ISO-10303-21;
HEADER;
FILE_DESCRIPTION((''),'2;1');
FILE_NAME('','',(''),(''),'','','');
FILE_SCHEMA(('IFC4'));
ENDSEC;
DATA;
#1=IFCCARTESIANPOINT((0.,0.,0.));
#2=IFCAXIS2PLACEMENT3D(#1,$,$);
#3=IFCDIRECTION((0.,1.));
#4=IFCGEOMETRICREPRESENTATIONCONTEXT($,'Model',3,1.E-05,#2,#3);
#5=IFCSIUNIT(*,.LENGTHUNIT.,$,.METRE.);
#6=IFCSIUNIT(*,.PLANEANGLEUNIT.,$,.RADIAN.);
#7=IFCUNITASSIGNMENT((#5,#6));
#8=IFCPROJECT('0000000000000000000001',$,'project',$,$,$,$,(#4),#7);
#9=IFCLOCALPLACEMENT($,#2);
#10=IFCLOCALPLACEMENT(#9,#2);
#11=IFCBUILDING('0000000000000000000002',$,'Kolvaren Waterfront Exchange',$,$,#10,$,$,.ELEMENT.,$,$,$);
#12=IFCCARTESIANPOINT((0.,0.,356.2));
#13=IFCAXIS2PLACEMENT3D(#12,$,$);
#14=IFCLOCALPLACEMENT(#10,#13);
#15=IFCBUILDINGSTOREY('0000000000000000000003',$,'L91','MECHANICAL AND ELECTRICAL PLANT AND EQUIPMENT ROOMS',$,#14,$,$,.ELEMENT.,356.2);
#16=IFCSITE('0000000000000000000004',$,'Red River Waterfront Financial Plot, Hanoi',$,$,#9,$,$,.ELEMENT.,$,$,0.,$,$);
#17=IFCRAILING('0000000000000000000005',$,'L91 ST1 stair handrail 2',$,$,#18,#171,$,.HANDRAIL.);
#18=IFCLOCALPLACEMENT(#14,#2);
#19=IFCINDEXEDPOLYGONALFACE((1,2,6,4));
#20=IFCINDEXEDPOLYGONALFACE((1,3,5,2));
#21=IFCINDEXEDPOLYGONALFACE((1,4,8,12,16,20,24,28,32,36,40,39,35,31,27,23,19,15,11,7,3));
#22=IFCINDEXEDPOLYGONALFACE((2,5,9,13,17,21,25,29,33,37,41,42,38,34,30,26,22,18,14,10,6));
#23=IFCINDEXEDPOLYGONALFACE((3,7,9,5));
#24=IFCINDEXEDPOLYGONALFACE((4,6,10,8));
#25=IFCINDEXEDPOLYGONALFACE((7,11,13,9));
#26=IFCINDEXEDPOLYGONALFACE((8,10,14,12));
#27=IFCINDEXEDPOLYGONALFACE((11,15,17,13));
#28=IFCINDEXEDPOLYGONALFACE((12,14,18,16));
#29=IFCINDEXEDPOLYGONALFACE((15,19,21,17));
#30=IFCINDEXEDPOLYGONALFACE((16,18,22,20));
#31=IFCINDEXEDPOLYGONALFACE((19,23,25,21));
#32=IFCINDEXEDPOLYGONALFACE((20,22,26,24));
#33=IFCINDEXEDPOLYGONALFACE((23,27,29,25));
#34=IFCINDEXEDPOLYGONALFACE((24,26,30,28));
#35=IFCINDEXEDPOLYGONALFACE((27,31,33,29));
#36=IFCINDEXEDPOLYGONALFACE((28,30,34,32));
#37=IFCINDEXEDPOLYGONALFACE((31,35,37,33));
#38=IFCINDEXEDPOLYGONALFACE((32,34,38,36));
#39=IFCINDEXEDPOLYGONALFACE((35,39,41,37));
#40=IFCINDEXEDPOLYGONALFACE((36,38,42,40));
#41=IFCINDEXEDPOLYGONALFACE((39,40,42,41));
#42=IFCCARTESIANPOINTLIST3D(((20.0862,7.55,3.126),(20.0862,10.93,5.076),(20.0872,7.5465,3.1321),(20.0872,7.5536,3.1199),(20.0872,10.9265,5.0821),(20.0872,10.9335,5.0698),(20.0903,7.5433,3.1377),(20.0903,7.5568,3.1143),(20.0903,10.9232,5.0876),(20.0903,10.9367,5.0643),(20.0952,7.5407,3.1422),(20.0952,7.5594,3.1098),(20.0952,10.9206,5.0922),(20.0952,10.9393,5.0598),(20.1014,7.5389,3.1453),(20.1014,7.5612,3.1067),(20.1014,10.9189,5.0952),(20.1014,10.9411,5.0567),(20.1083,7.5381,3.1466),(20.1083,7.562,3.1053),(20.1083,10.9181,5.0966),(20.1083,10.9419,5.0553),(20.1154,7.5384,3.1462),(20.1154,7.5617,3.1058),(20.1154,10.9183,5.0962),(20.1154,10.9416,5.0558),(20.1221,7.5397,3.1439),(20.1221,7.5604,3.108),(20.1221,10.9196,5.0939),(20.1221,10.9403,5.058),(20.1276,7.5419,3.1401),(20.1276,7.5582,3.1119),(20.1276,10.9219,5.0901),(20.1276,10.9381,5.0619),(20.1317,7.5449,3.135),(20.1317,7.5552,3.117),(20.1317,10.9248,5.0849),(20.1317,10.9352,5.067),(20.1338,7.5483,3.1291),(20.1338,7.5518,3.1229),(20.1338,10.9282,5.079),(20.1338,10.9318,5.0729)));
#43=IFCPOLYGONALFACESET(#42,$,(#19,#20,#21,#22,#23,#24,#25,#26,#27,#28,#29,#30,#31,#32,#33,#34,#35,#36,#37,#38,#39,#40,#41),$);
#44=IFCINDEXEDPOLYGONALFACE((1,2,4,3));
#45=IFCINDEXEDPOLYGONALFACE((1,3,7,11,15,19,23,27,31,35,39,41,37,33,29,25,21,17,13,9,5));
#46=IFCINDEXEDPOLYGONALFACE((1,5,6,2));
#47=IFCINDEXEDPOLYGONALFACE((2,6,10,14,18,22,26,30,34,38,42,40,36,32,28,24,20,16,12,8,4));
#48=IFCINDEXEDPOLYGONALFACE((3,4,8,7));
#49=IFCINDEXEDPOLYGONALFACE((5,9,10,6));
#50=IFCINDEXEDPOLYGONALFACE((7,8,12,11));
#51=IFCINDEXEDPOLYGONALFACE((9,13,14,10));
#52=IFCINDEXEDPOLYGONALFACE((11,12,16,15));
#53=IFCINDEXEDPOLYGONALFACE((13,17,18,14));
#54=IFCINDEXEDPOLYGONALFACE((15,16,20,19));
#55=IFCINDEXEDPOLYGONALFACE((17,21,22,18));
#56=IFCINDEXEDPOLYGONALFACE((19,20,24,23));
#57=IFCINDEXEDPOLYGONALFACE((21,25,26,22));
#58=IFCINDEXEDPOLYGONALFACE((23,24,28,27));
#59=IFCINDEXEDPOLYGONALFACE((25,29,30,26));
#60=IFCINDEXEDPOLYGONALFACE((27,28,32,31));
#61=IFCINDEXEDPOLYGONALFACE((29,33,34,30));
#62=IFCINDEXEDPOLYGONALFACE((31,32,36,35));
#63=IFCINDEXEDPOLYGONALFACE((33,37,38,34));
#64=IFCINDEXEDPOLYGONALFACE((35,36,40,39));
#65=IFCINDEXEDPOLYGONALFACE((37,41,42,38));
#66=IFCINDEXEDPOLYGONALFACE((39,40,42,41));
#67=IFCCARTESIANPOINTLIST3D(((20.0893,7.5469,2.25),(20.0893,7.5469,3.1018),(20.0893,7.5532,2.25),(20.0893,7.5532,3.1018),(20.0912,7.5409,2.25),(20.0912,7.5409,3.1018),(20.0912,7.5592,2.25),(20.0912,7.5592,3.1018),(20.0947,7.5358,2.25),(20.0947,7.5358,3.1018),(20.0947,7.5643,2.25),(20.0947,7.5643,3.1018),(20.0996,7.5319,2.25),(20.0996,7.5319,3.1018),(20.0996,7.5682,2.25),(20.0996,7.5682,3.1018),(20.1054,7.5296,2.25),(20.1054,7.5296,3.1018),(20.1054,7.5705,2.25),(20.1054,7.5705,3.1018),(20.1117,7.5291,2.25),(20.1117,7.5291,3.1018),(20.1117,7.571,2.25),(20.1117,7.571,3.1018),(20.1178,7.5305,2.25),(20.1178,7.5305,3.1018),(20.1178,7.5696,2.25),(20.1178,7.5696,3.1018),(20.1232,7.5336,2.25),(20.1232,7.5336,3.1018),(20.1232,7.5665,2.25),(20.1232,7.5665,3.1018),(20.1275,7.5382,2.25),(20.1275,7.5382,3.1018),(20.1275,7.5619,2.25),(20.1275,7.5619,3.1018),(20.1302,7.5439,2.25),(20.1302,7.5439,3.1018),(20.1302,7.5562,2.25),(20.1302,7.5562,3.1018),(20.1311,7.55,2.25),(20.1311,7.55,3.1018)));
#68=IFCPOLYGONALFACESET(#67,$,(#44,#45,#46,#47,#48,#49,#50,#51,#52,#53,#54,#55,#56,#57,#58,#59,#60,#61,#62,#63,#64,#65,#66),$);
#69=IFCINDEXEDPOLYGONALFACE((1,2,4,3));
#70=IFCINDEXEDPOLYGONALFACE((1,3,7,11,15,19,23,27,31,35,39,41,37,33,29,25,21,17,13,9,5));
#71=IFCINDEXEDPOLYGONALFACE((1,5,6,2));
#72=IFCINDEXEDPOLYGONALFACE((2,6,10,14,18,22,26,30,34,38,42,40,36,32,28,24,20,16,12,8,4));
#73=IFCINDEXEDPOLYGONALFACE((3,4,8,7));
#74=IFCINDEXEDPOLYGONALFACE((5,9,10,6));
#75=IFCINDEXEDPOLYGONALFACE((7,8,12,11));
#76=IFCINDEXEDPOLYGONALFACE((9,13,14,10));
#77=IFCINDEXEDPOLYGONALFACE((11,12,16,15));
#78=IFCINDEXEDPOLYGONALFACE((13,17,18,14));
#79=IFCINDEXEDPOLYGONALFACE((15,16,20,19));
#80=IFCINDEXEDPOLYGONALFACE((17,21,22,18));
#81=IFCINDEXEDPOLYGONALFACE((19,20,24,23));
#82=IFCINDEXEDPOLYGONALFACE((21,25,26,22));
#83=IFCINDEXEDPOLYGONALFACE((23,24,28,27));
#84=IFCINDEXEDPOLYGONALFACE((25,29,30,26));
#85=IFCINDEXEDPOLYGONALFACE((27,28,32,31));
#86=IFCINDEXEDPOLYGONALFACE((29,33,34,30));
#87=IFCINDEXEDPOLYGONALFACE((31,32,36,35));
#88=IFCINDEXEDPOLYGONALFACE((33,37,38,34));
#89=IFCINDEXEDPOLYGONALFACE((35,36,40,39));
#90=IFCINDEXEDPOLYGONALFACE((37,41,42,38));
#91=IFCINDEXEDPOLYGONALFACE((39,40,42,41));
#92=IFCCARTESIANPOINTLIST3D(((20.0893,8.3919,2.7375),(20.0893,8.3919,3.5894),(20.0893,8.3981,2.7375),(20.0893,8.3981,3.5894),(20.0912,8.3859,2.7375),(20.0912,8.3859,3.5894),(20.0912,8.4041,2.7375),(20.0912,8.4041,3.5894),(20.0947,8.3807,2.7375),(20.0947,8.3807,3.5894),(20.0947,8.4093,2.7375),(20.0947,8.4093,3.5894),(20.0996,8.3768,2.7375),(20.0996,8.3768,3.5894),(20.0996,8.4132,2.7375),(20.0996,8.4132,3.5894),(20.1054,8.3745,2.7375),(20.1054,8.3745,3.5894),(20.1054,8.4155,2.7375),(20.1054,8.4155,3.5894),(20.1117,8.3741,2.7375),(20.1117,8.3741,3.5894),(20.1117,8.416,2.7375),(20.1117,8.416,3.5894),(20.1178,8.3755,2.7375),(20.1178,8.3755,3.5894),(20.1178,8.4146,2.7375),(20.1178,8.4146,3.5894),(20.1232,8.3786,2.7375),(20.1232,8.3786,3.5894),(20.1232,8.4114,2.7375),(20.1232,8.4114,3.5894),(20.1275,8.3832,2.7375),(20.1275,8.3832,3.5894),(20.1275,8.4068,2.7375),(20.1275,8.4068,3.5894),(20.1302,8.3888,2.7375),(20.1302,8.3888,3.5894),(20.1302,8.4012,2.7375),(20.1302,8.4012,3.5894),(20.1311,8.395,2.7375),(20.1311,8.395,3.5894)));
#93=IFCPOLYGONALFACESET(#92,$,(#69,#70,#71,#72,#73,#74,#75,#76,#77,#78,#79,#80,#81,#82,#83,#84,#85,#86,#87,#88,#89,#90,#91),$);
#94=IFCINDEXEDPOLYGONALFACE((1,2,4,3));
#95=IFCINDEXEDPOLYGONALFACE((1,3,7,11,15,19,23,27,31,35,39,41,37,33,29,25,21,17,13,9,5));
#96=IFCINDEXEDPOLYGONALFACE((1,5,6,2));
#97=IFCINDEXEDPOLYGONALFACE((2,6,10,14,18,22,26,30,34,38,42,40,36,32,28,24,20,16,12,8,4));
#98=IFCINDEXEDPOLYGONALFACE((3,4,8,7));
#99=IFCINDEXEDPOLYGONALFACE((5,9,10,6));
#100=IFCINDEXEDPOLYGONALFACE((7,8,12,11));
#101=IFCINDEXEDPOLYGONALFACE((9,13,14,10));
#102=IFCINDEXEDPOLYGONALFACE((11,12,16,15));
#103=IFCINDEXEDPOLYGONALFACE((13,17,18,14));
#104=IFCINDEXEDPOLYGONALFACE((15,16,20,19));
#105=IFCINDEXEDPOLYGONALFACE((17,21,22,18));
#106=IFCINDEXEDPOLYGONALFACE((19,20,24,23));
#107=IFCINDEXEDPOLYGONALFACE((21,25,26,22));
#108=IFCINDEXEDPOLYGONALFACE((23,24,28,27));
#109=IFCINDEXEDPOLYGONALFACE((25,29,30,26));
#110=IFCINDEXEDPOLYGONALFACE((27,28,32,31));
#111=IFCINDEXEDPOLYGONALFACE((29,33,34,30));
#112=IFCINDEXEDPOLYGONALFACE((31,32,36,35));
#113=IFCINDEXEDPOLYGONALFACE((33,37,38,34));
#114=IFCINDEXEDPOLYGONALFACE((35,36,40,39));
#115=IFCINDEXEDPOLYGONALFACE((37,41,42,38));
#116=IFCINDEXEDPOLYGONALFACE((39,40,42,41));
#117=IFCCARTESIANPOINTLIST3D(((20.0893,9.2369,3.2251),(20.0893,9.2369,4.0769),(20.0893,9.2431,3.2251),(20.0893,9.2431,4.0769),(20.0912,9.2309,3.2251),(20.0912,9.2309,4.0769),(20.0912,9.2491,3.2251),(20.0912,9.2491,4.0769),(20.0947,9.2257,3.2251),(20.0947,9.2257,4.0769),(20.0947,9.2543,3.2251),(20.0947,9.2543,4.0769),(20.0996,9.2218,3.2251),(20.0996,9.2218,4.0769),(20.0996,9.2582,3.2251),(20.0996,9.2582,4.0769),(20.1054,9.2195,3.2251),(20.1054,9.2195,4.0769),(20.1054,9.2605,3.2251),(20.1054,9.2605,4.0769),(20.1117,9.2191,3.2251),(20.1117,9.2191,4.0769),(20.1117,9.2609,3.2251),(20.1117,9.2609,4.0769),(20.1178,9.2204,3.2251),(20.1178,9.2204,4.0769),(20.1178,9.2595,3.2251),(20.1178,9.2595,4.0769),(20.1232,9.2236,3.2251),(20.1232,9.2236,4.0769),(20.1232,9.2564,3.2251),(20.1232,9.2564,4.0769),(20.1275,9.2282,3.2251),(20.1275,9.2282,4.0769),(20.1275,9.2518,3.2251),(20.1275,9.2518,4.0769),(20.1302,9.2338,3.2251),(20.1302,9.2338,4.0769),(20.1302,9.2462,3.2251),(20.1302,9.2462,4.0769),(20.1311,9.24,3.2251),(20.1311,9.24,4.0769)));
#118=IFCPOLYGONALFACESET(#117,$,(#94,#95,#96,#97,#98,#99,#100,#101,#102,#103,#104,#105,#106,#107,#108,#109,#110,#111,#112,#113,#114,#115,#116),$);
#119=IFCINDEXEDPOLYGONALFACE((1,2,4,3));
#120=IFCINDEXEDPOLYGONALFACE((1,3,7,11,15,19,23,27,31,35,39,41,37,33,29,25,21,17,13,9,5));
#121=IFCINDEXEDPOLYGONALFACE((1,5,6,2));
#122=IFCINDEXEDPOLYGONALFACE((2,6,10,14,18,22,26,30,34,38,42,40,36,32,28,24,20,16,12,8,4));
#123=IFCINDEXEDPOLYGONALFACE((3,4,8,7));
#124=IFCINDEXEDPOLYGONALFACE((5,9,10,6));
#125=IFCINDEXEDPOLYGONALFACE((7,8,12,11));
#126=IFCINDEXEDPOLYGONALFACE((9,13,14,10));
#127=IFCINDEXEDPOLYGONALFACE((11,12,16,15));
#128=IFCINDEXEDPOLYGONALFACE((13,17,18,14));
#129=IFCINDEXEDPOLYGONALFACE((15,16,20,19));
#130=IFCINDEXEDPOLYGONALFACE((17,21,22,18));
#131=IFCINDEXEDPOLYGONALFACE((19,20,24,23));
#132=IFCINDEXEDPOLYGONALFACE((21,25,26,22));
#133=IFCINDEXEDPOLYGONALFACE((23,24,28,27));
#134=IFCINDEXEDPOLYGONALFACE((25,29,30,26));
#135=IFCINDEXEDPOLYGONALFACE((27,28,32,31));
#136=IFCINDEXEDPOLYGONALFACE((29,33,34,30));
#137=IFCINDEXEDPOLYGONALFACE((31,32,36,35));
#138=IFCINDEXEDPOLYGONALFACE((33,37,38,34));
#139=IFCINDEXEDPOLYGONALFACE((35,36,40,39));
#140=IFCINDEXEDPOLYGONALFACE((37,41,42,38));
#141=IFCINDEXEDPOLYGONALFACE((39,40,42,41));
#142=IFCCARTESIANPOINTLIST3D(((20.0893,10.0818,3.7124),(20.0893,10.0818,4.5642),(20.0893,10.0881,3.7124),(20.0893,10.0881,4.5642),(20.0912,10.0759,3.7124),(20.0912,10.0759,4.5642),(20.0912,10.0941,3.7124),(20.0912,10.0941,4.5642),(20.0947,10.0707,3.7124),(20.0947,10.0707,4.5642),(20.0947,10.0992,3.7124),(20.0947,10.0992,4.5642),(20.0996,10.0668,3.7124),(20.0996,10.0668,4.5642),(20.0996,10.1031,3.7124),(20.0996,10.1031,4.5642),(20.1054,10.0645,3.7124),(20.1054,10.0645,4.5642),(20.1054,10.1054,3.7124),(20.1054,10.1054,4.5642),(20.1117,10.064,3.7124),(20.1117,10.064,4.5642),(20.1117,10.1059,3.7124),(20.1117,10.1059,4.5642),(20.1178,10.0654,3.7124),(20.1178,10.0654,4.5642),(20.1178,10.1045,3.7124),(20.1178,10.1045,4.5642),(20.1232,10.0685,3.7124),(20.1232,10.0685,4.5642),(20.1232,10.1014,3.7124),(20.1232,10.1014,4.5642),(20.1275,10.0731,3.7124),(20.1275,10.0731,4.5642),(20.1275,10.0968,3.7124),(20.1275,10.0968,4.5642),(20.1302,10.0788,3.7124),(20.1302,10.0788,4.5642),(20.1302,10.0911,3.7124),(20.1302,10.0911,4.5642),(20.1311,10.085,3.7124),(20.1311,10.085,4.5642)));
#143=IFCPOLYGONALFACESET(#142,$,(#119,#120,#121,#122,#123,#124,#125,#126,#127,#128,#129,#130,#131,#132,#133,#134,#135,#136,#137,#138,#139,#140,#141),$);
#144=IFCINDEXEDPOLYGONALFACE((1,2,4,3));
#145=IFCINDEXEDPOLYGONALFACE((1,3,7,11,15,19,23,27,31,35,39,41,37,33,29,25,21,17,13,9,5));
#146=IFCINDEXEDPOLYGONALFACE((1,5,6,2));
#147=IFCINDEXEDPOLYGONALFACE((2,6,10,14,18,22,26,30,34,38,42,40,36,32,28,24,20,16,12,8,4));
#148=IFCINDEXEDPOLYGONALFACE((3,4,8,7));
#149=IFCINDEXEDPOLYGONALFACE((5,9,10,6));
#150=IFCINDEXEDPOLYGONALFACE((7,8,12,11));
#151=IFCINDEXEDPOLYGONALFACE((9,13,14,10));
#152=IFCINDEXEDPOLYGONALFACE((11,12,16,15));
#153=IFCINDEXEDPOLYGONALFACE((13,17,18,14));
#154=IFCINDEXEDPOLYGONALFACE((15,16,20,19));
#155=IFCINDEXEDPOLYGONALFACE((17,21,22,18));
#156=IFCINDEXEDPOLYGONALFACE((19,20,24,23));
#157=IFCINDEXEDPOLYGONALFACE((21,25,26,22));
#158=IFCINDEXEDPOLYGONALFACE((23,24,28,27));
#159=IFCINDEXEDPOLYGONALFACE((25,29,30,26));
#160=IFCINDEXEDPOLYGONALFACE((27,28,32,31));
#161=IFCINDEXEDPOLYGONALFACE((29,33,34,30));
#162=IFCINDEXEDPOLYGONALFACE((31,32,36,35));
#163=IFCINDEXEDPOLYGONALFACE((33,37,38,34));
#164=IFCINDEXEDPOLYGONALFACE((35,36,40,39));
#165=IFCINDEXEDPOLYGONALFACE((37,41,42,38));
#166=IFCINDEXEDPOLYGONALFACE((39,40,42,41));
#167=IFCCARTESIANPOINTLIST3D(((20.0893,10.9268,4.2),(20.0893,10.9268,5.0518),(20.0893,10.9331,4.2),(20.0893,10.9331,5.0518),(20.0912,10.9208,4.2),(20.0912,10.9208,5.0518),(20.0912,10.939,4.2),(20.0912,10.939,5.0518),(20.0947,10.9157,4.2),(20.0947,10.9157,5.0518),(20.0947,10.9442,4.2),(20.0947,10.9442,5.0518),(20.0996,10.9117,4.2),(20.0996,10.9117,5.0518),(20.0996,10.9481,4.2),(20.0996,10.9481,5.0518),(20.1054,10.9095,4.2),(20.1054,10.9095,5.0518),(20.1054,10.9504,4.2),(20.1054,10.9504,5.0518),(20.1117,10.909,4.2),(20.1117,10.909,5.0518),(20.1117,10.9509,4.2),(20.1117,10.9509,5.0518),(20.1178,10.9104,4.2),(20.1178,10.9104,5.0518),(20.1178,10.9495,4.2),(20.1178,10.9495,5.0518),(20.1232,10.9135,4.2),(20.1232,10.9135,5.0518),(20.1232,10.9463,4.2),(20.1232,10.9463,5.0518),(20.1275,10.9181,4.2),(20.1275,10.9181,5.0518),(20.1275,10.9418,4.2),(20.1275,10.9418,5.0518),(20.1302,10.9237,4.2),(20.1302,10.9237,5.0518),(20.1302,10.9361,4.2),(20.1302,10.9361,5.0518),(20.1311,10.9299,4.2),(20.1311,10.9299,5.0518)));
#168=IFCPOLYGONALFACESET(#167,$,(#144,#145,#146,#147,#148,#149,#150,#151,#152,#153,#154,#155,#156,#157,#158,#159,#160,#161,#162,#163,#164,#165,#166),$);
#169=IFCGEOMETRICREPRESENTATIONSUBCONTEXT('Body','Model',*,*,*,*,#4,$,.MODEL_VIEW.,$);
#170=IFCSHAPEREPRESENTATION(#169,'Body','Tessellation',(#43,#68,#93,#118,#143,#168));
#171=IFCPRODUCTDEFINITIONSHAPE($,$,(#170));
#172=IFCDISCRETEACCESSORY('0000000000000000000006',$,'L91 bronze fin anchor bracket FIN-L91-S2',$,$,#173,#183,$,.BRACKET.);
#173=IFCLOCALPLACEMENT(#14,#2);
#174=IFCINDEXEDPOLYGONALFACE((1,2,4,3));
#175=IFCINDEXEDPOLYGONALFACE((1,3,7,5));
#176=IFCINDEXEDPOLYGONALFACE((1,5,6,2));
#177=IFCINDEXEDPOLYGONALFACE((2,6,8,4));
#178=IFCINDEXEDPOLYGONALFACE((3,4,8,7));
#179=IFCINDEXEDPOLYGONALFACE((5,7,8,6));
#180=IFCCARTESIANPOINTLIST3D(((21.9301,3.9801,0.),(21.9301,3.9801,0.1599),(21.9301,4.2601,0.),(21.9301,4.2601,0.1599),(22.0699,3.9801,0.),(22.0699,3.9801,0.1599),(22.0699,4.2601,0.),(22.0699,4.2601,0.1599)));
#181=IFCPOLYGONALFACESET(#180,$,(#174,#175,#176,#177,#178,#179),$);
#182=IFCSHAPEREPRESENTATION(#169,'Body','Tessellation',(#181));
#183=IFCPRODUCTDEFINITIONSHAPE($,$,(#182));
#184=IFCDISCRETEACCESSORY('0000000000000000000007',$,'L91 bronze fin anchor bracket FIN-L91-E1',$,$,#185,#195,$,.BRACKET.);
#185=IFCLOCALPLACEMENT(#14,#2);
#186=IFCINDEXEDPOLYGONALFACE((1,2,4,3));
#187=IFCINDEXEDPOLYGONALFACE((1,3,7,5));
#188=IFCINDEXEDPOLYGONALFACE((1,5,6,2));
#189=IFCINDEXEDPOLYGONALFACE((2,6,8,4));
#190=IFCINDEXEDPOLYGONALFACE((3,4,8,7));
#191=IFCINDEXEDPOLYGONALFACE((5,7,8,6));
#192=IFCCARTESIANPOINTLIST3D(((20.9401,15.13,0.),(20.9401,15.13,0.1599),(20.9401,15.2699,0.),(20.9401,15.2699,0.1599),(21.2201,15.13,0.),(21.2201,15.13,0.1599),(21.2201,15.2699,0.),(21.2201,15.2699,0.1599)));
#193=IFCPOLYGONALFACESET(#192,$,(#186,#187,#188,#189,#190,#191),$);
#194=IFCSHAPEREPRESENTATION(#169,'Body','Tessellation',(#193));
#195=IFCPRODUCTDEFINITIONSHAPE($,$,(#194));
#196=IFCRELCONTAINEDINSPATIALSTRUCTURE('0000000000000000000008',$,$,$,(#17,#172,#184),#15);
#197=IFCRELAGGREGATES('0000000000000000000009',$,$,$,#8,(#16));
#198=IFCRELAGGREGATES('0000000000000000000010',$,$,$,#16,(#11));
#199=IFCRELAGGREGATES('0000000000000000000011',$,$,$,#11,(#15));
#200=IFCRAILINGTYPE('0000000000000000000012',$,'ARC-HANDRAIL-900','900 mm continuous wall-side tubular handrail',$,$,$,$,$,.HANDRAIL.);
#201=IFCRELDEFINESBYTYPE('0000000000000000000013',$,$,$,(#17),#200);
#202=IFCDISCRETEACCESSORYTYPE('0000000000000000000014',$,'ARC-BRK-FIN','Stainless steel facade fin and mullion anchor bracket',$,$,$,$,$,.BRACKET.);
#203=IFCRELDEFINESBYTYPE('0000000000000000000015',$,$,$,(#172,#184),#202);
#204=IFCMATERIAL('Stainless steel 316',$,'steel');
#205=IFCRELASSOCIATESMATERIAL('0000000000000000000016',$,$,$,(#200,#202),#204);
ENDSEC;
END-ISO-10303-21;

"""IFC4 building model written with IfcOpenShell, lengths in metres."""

from ifc_helpers import new_model, si_unit, direction, frame, origin, origin_with_axes, origin_2d, place, context, subcontext, project, spatial, rectangle, circle, extrude, source, transform, mapped, material, type_object, element, save


model = new_model("IFC4")

# Units and contexts
model_context = context("Model", 3, precision=1e-05, world=origin(), true_north=direction((0.0, 1.0)))
body_context = subcontext(model_context, "Body", "Model", "MODEL_VIEW")
ifc_project = project(units=[si_unit("LENGTHUNIT", "METRE"), si_unit("PLANEANGLEUNIT", "RADIAN")], contexts=[model_context])

# Site, building, storey
site_placement = place(None, origin())
site = spatial("IfcSite", under=ifc_project, at=site_placement, Name="Red River Waterfront Financial Plot, Hanoi", CompositionType="ELEMENT", RefElevation=0.0)
building_placement = place(site_placement, origin())
building = spatial("IfcBuilding", under=site, at=building_placement, Name="Kolvaren Waterfront Exchange", CompositionType="ELEMENT")
storey_placement = place(building_placement, frame((0.0, 0.0, 356.2)))
storey = spatial("IfcBuildingStorey", under=building, at=storey_placement, Name="L91", Description="MECHANICAL AND ELECTRICAL PLANT AND EQUIPMENT ROOMS", CompositionType="ELEMENT", Elevation=356.2)

# Railing
ifc_material_1 = material(Name="Stainless steel 316", Category="steel")
railing_type_1 = type_object("IfcRailingType", Name="ARC-HANDRAIL-900", Description="900 mm continuous wall-side tubular handrail", PredefinedType="HANDRAIL", material=ifc_material_1)
railing_1_placement = place(storey_placement, frame((20.1101, 7.55, 2.25)))
element("IfcRailing", 1, at=railing_1_placement, inside=storey, type_object=railing_type_1, Name="L91 ST1 stair handrail 2", PredefinedType="HANDRAIL", context=body_context, shape_type="SweptSolid", body=[
    extrude(circle(Radius=0.0239, at=origin_2d()), frame((0.0, 0.0, 0.876), z_axis=(0.0, 0.866184, 0.499726), x_axis=(-1.0, 0.0, 0.0)), (0.0, 0.0, 1.0), 3.9021),
    extrude(circle(Radius=0.021, at=origin_2d()), origin(), (0.0, 0.0, 1.0), 0.8518),
    extrude(circle(Radius=0.021, at=origin_2d()), frame((0.0, 0.845, 0.4875)), (0.0, 0.0, 1.0), 0.8518),
    extrude(circle(Radius=0.021, at=origin_2d()), frame((0.0, 1.6899, 0.9751)), (0.0, 0.0, 1.0), 0.8518),
    extrude(circle(Radius=0.021, at=origin_2d()), frame((0.0, 2.5349, 1.4624)), (0.0, 0.0, 1.0), 0.8518),
    extrude(circle(Radius=0.021, at=origin_2d()), frame((0.0, 3.3799, 1.95)), (0.0, 0.0, 1.0), 0.8518),
])

# Discrete accessories
discrete_accessory_type = type_object("IfcDiscreteAccessoryType", Name="ARC-BRK-FIN", Description="Stainless steel facade fin and mullion anchor bracket", PredefinedType="BRACKET", material=ifc_material_1)
shared_shape_1 = source(origin_with_axes(), body_context, "Body", "SweptSolid", [
    extrude(rectangle(XDim=0.28, YDim=0.1399, at=origin_2d()), origin(), (0.0, 0.0, 1.0), 0.1599),
])
for number, where, z_axis, x_axis, name in (
    (2, (22.0, 4.1201, 0.0), (0.0, 0.0, 1.0), (0.0, -1.0, 0.0), "L91 bronze fin anchor bracket FIN-L91-S2"),
    (3, (21.0801, 15.2, 0.0), (0.0, 0.0, 1.0), (1.0, 0.0, 0.0), "L91 bronze fin anchor bracket FIN-L91-E1"),
):
    element("IfcDiscreteAccessory", number, at=place(storey_placement, frame(where, z_axis=z_axis, x_axis=x_axis)), inside=storey, type_object=discrete_accessory_type, Name=name, PredefinedType="BRACKET", context=body_context, shape_type="MappedRepresentation", body=[
        mapped(shared_shape_1, transform((0.0, 0.0, 0.0), x_axis=(1.0, 0.0, 0.0), y_axis=(0.0, 1.0, 0.0), z_axis=(0.0, 0.0, 1.0), scale=1.0)),
    ])

save(model, "model.ifc")
